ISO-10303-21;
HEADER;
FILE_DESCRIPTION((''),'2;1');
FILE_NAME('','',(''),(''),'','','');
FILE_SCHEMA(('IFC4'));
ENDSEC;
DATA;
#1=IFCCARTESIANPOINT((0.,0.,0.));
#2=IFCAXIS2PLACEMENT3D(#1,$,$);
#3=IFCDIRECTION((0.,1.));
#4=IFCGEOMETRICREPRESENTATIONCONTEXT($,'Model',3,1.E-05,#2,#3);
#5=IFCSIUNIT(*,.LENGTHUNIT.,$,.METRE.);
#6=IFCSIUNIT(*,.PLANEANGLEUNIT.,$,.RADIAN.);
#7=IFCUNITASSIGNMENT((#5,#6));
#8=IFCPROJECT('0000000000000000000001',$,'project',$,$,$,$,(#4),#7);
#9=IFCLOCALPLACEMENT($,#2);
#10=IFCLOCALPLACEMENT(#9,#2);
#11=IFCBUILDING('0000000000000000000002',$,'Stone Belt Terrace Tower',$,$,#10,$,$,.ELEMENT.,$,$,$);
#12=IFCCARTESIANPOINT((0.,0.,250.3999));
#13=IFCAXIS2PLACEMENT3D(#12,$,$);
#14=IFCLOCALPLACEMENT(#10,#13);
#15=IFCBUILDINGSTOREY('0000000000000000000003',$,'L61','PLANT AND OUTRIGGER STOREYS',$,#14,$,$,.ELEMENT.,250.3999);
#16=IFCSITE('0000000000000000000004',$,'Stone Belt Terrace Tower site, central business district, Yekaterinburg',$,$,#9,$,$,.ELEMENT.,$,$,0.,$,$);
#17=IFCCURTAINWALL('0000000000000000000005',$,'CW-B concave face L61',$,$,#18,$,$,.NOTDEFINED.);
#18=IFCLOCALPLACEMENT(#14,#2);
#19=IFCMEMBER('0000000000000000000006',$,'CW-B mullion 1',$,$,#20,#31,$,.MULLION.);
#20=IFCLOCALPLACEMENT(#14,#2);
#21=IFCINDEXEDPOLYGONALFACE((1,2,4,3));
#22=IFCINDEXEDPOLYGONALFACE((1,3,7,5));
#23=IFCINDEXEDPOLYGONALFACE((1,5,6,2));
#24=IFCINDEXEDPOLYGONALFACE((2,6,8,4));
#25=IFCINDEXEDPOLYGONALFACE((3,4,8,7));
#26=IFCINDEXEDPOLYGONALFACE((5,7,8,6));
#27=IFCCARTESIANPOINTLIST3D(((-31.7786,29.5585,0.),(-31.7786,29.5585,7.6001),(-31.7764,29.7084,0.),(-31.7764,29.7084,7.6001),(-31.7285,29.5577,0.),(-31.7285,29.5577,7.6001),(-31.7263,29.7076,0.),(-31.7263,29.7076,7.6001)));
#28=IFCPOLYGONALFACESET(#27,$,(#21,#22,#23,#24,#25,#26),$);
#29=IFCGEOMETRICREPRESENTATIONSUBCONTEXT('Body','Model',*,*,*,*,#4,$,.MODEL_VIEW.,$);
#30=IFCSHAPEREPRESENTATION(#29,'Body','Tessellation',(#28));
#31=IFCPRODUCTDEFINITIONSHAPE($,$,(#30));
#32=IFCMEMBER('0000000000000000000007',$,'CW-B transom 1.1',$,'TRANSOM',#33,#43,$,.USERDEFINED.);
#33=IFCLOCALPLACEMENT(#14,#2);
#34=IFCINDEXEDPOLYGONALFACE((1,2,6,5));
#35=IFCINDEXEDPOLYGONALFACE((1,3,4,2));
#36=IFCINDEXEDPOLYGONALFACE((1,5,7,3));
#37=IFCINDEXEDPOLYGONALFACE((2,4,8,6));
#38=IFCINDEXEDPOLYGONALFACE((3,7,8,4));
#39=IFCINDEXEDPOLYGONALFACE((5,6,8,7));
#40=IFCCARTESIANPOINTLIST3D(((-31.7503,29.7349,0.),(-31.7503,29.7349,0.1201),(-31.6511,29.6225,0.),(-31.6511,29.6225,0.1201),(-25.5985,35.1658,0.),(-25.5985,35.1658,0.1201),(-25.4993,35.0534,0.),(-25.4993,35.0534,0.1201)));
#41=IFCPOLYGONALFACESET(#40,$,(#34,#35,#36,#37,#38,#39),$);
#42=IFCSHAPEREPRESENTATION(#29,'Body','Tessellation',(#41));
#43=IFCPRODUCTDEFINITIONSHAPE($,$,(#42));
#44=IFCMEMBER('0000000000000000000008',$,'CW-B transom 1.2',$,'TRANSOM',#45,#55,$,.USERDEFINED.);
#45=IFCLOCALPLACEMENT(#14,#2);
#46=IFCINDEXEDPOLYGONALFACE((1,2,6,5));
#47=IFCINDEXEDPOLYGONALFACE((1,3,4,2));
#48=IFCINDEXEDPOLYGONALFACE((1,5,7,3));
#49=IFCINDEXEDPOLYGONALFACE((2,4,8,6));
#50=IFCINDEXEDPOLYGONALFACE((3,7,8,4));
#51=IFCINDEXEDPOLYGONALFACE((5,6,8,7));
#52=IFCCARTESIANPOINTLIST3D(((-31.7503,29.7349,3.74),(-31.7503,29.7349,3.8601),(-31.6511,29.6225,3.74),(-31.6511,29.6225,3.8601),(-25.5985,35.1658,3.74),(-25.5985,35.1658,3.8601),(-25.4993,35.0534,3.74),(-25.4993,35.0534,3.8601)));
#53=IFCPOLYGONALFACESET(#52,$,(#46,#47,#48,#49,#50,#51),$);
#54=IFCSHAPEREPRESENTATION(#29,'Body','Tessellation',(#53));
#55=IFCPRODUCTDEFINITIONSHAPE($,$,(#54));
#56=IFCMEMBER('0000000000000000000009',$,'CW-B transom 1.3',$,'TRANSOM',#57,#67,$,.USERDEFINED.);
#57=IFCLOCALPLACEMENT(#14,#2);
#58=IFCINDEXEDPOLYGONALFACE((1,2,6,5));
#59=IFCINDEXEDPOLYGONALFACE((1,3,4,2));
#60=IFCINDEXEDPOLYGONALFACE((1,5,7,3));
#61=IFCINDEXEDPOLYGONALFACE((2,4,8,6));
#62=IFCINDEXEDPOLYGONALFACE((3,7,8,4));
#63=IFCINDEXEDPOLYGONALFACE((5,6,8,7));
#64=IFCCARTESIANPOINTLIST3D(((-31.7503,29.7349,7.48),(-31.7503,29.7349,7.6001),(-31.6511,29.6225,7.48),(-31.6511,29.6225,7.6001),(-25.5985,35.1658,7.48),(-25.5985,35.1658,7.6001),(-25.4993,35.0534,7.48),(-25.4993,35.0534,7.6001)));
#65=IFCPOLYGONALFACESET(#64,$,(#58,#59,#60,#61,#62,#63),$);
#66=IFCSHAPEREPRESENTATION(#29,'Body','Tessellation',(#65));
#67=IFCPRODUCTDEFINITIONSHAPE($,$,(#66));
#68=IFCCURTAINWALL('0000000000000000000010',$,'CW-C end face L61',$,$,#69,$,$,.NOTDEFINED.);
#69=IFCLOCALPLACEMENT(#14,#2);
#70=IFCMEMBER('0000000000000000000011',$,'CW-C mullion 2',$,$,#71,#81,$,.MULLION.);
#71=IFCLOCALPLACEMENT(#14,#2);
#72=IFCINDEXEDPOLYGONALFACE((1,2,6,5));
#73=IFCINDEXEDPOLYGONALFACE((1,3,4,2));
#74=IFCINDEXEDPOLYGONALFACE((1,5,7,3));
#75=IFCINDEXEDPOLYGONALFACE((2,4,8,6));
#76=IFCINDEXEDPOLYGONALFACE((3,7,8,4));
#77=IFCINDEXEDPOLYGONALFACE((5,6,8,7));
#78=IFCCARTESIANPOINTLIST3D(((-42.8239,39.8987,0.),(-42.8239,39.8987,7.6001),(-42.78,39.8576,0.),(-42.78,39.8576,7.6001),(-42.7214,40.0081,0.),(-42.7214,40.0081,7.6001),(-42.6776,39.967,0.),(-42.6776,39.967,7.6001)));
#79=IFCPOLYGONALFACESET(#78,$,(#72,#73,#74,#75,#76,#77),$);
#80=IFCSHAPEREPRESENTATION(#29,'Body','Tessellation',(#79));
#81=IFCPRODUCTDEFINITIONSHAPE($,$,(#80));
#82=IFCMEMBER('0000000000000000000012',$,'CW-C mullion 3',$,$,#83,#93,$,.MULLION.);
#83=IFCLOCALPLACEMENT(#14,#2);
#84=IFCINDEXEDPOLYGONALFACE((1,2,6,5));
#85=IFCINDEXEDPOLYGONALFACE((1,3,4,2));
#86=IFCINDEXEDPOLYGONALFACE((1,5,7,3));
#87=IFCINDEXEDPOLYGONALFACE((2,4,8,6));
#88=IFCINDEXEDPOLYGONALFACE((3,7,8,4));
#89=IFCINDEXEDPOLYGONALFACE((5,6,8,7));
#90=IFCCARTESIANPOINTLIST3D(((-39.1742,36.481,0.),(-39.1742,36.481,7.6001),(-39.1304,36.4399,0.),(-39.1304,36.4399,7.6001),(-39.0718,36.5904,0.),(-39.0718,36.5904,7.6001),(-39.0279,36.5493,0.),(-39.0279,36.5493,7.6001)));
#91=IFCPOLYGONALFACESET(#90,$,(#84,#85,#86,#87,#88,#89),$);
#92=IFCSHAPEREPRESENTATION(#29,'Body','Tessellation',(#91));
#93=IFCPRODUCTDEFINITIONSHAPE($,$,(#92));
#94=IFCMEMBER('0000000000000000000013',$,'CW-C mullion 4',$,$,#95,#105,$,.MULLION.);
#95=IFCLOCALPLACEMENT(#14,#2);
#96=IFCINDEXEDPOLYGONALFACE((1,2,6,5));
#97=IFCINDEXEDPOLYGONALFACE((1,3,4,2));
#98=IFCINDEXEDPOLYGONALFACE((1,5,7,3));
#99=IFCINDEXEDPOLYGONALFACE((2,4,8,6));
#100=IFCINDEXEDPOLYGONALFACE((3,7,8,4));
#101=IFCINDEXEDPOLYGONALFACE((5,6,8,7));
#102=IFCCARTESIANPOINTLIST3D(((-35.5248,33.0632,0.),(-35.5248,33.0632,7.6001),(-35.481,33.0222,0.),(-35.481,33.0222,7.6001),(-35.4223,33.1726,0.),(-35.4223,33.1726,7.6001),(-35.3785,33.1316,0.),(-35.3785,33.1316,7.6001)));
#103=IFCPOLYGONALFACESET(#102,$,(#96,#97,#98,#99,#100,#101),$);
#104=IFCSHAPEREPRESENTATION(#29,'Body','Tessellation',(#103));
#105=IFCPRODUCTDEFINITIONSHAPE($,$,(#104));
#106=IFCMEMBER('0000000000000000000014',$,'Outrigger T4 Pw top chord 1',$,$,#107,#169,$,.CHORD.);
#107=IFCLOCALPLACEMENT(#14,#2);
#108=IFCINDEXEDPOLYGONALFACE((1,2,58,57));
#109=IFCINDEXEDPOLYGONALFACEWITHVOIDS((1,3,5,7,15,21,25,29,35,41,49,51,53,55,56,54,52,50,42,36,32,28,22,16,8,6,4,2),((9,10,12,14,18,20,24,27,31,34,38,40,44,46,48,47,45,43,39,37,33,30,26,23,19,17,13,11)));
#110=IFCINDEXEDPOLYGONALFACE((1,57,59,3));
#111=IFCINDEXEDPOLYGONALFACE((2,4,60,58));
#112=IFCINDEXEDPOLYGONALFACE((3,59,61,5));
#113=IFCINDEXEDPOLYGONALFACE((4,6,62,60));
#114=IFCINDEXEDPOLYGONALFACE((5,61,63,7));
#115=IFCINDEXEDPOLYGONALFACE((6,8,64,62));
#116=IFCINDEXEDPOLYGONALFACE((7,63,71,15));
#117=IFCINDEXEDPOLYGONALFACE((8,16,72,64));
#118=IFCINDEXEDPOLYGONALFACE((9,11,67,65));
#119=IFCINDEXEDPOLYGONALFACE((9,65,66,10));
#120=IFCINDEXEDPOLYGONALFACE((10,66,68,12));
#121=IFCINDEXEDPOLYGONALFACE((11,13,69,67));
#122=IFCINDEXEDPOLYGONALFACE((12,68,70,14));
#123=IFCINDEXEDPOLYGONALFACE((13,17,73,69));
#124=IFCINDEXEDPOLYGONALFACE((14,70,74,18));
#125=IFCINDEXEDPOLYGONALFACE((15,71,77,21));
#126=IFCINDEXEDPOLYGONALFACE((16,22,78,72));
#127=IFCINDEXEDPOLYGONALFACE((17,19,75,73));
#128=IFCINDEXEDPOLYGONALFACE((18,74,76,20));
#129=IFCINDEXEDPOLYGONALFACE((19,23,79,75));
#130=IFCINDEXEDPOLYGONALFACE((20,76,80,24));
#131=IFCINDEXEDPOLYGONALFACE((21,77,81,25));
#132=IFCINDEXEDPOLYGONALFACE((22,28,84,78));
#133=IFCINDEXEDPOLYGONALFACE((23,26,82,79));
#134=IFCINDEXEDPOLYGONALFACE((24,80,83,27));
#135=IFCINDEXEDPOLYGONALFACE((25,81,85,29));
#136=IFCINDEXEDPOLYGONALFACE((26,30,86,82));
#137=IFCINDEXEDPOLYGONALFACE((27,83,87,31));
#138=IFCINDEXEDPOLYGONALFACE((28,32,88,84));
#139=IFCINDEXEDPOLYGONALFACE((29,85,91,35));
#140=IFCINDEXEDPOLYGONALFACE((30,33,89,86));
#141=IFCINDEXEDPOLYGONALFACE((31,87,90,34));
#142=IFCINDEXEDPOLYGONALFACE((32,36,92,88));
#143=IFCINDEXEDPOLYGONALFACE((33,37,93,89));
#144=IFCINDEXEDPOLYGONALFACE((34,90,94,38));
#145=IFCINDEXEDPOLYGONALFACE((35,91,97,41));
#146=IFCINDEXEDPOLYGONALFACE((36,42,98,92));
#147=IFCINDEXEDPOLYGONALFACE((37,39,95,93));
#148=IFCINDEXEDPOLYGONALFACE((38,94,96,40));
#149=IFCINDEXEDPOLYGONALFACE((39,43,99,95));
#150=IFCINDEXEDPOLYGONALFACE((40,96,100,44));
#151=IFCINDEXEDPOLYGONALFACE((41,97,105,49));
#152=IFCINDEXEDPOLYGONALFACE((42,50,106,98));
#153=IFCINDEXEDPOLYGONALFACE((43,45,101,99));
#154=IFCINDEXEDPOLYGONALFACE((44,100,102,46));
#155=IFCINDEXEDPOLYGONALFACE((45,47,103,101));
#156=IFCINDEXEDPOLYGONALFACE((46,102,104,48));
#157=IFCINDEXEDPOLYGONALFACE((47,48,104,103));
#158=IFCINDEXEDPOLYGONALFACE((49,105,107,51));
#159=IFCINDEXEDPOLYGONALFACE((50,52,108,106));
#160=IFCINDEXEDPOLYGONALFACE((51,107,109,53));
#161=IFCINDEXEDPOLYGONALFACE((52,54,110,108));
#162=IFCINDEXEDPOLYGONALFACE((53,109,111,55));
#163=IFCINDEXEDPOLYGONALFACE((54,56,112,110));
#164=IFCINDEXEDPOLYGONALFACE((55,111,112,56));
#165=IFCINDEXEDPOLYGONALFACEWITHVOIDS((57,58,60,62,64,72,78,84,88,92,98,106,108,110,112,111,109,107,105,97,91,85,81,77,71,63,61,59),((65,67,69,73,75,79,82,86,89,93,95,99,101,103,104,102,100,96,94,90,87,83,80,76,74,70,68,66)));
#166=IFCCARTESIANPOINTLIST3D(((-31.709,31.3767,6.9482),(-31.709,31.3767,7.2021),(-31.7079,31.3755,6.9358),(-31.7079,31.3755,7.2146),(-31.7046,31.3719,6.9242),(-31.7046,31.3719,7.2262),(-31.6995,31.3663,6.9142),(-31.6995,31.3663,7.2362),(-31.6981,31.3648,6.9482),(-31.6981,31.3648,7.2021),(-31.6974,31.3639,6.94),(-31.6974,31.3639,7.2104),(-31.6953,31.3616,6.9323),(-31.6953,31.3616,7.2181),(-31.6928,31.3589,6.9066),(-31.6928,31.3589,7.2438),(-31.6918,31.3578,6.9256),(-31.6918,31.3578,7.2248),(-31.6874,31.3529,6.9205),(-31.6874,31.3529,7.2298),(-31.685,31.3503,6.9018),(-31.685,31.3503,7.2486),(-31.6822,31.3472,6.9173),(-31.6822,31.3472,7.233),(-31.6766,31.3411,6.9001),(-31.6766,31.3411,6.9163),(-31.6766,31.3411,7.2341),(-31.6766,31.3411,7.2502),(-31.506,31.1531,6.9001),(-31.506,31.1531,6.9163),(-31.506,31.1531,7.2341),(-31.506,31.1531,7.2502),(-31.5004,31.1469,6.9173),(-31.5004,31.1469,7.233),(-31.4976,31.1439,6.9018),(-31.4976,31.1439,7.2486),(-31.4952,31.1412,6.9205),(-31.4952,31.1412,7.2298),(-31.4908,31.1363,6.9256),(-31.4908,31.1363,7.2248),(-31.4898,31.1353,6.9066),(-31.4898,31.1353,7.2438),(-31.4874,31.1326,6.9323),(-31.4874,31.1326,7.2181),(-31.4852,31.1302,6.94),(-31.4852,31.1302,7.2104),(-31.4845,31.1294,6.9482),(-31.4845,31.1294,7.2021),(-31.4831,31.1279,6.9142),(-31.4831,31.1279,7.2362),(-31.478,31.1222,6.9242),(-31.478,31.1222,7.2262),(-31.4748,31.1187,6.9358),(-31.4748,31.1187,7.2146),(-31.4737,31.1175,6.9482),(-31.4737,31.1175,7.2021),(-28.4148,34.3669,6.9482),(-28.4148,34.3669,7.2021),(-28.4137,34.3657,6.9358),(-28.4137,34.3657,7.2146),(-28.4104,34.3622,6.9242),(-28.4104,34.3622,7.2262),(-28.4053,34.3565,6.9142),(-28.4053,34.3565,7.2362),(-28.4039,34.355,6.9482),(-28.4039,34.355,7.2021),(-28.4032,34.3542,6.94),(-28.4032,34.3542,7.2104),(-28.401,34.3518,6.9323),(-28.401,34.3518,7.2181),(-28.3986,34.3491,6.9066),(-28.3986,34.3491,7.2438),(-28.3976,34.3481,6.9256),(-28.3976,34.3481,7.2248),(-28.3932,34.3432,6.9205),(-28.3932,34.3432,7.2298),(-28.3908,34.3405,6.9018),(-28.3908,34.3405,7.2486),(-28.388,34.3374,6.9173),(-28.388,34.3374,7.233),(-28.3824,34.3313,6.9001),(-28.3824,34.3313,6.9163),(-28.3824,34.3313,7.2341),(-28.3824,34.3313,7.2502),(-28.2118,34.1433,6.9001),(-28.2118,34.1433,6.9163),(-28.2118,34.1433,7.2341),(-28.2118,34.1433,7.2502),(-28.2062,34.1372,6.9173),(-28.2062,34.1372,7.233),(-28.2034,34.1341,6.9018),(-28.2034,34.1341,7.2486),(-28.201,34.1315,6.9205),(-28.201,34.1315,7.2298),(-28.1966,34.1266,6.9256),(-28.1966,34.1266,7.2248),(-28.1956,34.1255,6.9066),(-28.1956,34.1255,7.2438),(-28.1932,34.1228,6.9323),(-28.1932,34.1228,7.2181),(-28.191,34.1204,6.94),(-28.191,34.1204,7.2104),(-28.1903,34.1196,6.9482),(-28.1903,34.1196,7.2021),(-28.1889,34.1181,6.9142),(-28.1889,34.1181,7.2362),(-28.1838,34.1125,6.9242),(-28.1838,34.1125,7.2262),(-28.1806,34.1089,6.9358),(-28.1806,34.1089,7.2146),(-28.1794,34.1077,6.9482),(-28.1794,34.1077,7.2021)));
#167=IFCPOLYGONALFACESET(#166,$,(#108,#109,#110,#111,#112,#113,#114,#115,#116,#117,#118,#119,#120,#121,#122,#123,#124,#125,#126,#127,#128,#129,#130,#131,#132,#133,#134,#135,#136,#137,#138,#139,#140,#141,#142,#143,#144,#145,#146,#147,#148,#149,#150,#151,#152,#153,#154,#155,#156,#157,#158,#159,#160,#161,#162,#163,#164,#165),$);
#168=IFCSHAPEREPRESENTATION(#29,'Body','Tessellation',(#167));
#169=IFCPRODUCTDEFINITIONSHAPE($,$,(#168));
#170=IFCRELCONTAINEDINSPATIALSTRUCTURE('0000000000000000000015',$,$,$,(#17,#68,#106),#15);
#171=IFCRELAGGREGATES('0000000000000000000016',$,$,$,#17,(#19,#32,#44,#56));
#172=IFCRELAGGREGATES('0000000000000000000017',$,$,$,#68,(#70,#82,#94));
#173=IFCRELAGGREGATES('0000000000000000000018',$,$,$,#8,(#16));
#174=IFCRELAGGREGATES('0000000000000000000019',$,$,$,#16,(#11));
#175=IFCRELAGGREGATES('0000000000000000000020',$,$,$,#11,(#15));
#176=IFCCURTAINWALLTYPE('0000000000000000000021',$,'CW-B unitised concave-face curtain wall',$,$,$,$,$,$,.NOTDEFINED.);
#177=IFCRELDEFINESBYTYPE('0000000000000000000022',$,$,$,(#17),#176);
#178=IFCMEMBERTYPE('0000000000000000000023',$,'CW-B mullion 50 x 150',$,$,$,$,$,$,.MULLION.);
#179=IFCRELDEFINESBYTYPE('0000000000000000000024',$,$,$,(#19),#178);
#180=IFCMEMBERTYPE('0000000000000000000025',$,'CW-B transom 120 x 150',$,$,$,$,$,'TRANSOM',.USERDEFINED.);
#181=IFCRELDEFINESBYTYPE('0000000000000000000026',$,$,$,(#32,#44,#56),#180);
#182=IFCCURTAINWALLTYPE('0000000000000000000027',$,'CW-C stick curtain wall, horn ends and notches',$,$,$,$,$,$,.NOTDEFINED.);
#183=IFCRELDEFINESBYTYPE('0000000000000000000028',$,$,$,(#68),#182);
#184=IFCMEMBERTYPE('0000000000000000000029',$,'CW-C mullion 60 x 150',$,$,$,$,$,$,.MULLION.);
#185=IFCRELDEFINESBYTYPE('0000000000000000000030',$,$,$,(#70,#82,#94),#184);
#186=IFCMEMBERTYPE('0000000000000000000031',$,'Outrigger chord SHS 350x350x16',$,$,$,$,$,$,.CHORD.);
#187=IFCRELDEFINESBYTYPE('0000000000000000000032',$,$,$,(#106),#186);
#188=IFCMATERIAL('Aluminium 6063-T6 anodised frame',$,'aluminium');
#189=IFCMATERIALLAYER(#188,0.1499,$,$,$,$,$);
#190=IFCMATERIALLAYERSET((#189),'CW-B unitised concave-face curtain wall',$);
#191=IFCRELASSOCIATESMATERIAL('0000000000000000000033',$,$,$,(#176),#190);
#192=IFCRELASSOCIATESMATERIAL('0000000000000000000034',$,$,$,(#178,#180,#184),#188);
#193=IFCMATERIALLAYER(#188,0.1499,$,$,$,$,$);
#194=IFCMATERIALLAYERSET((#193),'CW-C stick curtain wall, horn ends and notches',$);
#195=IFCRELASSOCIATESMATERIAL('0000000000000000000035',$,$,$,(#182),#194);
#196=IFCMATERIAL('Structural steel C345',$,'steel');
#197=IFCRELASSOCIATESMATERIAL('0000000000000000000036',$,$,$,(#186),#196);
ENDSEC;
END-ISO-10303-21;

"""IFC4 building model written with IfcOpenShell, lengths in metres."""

from ifc_helpers import new_model, si_unit, direction, frame, origin, origin_2d, place, context, subcontext, project, spatial, rectangle, hollow_rectangle, extrude, material, layer, layer_set, material_profile, profile_set, type_object, element, aggregate, save


model = new_model("IFC4")

# Units and contexts
model_context = context("Model", 3, precision=1e-05, world=origin(), true_north=direction((0.0, 1.0)))
body_context = subcontext(model_context, "Body", "Model", "MODEL_VIEW")
ifc_project = project(units=[si_unit("LENGTHUNIT", "METRE"), si_unit("PLANEANGLEUNIT", "RADIAN")], contexts=[model_context])

# Site, building, storey
site_placement = place(None, origin())
site = spatial("IfcSite", under=ifc_project, at=site_placement, Name="Stone Belt Terrace Tower site, central business district, Yekaterinburg", CompositionType="ELEMENT", RefElevation=0.0)
building_placement = place(site_placement, origin())
building = spatial("IfcBuilding", under=site, at=building_placement, Name="Stone Belt Terrace Tower", CompositionType="ELEMENT")
storey_placement = place(building_placement, frame((0.0, 0.0, 250.3999)))
storey = spatial("IfcBuildingStorey", under=building, at=storey_placement, Name="L61", Description="PLANT AND OUTRIGGER STOREYS", CompositionType="ELEMENT", Elevation=250.3999)

# Curtain walls, members
ifc_material_1 = material(Name="Aluminium 6063-T6 anodised frame", Category="aluminium")
ifc_layer_1 = layer(ifc_material_1, 0.1499)
ifc_layer_set_1 = layer_set([ifc_layer_1], Name="CW-B unitised concave-face curtain wall")
curtain_wall_type_1 = type_object("IfcCurtainWallType", Name="CW-B unitised concave-face curtain wall", PredefinedType="NOTDEFINED", material=ifc_layer_set_1)
curtain_wall_1_placement = place(storey_placement, origin())
curtain_wall_1 = element("IfcCurtainWall", 1, at=curtain_wall_1_placement, inside=storey, type_object=curtain_wall_type_1, Name="CW-B concave face L61", PredefinedType="NOTDEFINED")
ifc_material_profile_1 = material_profile(ifc_material_1, rectangle(XDim=0.1499, YDim=0.05, at=origin_2d()), Name="Aluminium 6063-T6 50x150")
ifc_profile_set_1 = profile_set([ifc_material_profile_1], Name="Aluminium 6063-T6 anodised frame")
member_type_1 = type_object("IfcMemberType", Name="CW-B mullion 50 x 150", PredefinedType="MULLION", material=ifc_profile_set_1)
member_1_placement = place(storey_placement, frame((-31.7524, 29.6331, 0.0), z_axis=(0.0, 0.0, 1.0), x_axis=(0.014682, 0.999892, 0.0)))
member_1 = element("IfcMember", 2, at=member_1_placement, type_object=member_type_1, Name="CW-B mullion 1", PredefinedType="MULLION", context=body_context, shape_type="SweptSolid", body=[
    extrude(rectangle(XDim=0.1499, YDim=0.05, at=origin_2d()), origin(), (0.0, 0.0, 1.0), 7.6001),
])
ifc_material_profile_2 = material_profile(ifc_material_1, rectangle(XDim=0.1499, YDim=0.1201, at=origin_2d()), Name="Aluminium 6063-T6 150x120")
ifc_profile_set_2 = profile_set([ifc_material_profile_2], Name="Aluminium 6063-T6 anodised frame")
member_type_2 = type_object("IfcMemberType", Name="CW-B transom 120 x 150", ElementType="TRANSOM", PredefinedType="USERDEFINED", material=ifc_profile_set_2)
member_2_placement = place(storey_placement, frame((-31.7007, 29.6787, 0.0601), z_axis=(0.749669, 0.661813, 0.0), x_axis=(-0.661813, 0.749669, 0.0)))
member_2 = element("IfcMember", 3, at=member_2_placement, type_object=member_type_2, Name="CW-B transom 1.1", ObjectType="TRANSOM", PredefinedType="USERDEFINED", context=body_context, shape_type="SweptSolid", body=[
    extrude(rectangle(XDim=0.1499, YDim=0.1201, at=origin_2d()), origin(), (0.0, 0.0, 1.0), 8.2061),
])
member_3_placement = place(storey_placement, frame((-31.7007, 29.6787, 3.8), z_axis=(0.749669, 0.661813, 0.0), x_axis=(-0.661813, 0.749669, 0.0)))
member_3 = element("IfcMember", 4, at=member_3_placement, type_object=member_type_2, Name="CW-B transom 1.2", ObjectType="TRANSOM", PredefinedType="USERDEFINED", context=body_context, shape_type="SweptSolid", body=[
    extrude(rectangle(XDim=0.1499, YDim=0.1201, at=origin_2d()), origin(), (0.0, 0.0, 1.0), 8.2061),
])
member_4_placement = place(storey_placement, frame((-31.7007, 29.6787, 7.54), z_axis=(0.749669, 0.661813, 0.0), x_axis=(-0.661813, 0.749669, 0.0)))
member_4 = element("IfcMember", 5, at=member_4_placement, type_object=member_type_2, Name="CW-B transom 1.3", ObjectType="TRANSOM", PredefinedType="USERDEFINED", context=body_context, shape_type="SweptSolid", body=[
    extrude(rectangle(XDim=0.1499, YDim=0.1201, at=origin_2d()), origin(), (0.0, 0.0, 1.0), 8.2061),
])
aggregate(curtain_wall_1, [member_1, member_2, member_3, member_4])
ifc_layer_2 = layer(ifc_material_1, 0.1499)
ifc_layer_set_2 = layer_set([ifc_layer_2], Name="CW-C stick curtain wall, horn ends and notches")
curtain_wall_type_2 = type_object("IfcCurtainWallType", Name="CW-C stick curtain wall, horn ends and notches", PredefinedType="NOTDEFINED", material=ifc_layer_set_2)
curtain_wall_2_placement = place(storey_placement, origin())
curtain_wall_2 = element("IfcCurtainWall", 6, at=curtain_wall_2_placement, inside=storey, type_object=curtain_wall_type_2, Name="CW-C end face L61", PredefinedType="NOTDEFINED")
ifc_material_profile_3 = material_profile(ifc_material_1, rectangle(XDim=0.1499, YDim=0.0601, at=origin_2d()), Name="Aluminium 6063-T6 60x150")
ifc_profile_set_3 = profile_set([ifc_material_profile_3], Name="Aluminium 6063-T6 anodised frame")
member_type_3 = type_object("IfcMemberType", Name="CW-C mullion 60 x 150", PredefinedType="MULLION", material=ifc_profile_set_3)
member_5_placement = place(storey_placement, frame((-42.7507, 39.9329, 0.0), z_axis=(0.0, 0.0, 1.0), x_axis=(0.683549, 0.729904, 0.0)))
member_5 = element("IfcMember", 7, at=member_5_placement, type_object=member_type_3, Name="CW-C mullion 2", PredefinedType="MULLION", context=body_context, shape_type="SweptSolid", body=[
    extrude(rectangle(XDim=0.1499, YDim=0.0601, at=origin_2d()), origin(), (0.0, 0.0, 1.0), 7.6001),
])
member_6_placement = place(storey_placement, frame((-39.1011, 36.5151, 0.0), z_axis=(0.0, 0.0, 1.0), x_axis=(0.683549, 0.729904, 0.0)))
member_6 = element("IfcMember", 8, at=member_6_placement, type_object=member_type_3, Name="CW-C mullion 3", PredefinedType="MULLION", context=body_context, shape_type="SweptSolid", body=[
    extrude(rectangle(XDim=0.1499, YDim=0.0601, at=origin_2d()), origin(), (0.0, 0.0, 1.0), 7.6001),
])
member_7_placement = place(storey_placement, frame((-35.4517, 33.0974, 0.0), z_axis=(0.0, 0.0, 1.0), x_axis=(0.683549, 0.729904, 0.0)))
member_7 = element("IfcMember", 9, at=member_7_placement, type_object=member_type_3, Name="CW-C mullion 4", PredefinedType="MULLION", context=body_context, shape_type="SweptSolid", body=[
    extrude(rectangle(XDim=0.1499, YDim=0.0601, at=origin_2d()), origin(), (0.0, 0.0, 1.0), 7.6001),
])

# Member
ifc_material_2 = material(Name="Structural steel C345", Category="steel")
ifc_material_profile_4 = material_profile(ifc_material_2, hollow_rectangle(XDim=0.3501, YDim=0.3501, WallThickness=0.0161, InnerFilletRadius=0.032, OuterFilletRadius=0.0481, at=origin_2d()), Name="SHS 350x350x16")
ifc_profile_set_4 = profile_set([ifc_material_profile_4], Name="Structural steel C345")
member_type_4 = type_object("IfcMemberType", Name="Outrigger chord SHS 350x350x16", PredefinedType="CHORD", material=ifc_profile_set_4)
member_8_placement = place(storey_placement, frame((-31.5913, 31.2471, 7.0752), z_axis=(0.740441, 0.672121, 0.0), x_axis=(-0.672121, 0.740441, 0.0)))
element("IfcMember", 10, at=member_8_placement, inside=storey, type_object=member_type_4, Name="Outrigger T4 Pw top chord 1", PredefinedType="CHORD", context=body_context, shape_type="SweptSolid", body=[
    extrude(hollow_rectangle(XDim=0.3501, YDim=0.3501, WallThickness=0.0161, InnerFilletRadius=0.032, OuterFilletRadius=0.0481, at=origin_2d()), origin(), (0.0, 0.0, 1.0), 4.449),
])

aggregate(curtain_wall_2, [member_5, member_6, member_7])

save(model, "model.ifc")
